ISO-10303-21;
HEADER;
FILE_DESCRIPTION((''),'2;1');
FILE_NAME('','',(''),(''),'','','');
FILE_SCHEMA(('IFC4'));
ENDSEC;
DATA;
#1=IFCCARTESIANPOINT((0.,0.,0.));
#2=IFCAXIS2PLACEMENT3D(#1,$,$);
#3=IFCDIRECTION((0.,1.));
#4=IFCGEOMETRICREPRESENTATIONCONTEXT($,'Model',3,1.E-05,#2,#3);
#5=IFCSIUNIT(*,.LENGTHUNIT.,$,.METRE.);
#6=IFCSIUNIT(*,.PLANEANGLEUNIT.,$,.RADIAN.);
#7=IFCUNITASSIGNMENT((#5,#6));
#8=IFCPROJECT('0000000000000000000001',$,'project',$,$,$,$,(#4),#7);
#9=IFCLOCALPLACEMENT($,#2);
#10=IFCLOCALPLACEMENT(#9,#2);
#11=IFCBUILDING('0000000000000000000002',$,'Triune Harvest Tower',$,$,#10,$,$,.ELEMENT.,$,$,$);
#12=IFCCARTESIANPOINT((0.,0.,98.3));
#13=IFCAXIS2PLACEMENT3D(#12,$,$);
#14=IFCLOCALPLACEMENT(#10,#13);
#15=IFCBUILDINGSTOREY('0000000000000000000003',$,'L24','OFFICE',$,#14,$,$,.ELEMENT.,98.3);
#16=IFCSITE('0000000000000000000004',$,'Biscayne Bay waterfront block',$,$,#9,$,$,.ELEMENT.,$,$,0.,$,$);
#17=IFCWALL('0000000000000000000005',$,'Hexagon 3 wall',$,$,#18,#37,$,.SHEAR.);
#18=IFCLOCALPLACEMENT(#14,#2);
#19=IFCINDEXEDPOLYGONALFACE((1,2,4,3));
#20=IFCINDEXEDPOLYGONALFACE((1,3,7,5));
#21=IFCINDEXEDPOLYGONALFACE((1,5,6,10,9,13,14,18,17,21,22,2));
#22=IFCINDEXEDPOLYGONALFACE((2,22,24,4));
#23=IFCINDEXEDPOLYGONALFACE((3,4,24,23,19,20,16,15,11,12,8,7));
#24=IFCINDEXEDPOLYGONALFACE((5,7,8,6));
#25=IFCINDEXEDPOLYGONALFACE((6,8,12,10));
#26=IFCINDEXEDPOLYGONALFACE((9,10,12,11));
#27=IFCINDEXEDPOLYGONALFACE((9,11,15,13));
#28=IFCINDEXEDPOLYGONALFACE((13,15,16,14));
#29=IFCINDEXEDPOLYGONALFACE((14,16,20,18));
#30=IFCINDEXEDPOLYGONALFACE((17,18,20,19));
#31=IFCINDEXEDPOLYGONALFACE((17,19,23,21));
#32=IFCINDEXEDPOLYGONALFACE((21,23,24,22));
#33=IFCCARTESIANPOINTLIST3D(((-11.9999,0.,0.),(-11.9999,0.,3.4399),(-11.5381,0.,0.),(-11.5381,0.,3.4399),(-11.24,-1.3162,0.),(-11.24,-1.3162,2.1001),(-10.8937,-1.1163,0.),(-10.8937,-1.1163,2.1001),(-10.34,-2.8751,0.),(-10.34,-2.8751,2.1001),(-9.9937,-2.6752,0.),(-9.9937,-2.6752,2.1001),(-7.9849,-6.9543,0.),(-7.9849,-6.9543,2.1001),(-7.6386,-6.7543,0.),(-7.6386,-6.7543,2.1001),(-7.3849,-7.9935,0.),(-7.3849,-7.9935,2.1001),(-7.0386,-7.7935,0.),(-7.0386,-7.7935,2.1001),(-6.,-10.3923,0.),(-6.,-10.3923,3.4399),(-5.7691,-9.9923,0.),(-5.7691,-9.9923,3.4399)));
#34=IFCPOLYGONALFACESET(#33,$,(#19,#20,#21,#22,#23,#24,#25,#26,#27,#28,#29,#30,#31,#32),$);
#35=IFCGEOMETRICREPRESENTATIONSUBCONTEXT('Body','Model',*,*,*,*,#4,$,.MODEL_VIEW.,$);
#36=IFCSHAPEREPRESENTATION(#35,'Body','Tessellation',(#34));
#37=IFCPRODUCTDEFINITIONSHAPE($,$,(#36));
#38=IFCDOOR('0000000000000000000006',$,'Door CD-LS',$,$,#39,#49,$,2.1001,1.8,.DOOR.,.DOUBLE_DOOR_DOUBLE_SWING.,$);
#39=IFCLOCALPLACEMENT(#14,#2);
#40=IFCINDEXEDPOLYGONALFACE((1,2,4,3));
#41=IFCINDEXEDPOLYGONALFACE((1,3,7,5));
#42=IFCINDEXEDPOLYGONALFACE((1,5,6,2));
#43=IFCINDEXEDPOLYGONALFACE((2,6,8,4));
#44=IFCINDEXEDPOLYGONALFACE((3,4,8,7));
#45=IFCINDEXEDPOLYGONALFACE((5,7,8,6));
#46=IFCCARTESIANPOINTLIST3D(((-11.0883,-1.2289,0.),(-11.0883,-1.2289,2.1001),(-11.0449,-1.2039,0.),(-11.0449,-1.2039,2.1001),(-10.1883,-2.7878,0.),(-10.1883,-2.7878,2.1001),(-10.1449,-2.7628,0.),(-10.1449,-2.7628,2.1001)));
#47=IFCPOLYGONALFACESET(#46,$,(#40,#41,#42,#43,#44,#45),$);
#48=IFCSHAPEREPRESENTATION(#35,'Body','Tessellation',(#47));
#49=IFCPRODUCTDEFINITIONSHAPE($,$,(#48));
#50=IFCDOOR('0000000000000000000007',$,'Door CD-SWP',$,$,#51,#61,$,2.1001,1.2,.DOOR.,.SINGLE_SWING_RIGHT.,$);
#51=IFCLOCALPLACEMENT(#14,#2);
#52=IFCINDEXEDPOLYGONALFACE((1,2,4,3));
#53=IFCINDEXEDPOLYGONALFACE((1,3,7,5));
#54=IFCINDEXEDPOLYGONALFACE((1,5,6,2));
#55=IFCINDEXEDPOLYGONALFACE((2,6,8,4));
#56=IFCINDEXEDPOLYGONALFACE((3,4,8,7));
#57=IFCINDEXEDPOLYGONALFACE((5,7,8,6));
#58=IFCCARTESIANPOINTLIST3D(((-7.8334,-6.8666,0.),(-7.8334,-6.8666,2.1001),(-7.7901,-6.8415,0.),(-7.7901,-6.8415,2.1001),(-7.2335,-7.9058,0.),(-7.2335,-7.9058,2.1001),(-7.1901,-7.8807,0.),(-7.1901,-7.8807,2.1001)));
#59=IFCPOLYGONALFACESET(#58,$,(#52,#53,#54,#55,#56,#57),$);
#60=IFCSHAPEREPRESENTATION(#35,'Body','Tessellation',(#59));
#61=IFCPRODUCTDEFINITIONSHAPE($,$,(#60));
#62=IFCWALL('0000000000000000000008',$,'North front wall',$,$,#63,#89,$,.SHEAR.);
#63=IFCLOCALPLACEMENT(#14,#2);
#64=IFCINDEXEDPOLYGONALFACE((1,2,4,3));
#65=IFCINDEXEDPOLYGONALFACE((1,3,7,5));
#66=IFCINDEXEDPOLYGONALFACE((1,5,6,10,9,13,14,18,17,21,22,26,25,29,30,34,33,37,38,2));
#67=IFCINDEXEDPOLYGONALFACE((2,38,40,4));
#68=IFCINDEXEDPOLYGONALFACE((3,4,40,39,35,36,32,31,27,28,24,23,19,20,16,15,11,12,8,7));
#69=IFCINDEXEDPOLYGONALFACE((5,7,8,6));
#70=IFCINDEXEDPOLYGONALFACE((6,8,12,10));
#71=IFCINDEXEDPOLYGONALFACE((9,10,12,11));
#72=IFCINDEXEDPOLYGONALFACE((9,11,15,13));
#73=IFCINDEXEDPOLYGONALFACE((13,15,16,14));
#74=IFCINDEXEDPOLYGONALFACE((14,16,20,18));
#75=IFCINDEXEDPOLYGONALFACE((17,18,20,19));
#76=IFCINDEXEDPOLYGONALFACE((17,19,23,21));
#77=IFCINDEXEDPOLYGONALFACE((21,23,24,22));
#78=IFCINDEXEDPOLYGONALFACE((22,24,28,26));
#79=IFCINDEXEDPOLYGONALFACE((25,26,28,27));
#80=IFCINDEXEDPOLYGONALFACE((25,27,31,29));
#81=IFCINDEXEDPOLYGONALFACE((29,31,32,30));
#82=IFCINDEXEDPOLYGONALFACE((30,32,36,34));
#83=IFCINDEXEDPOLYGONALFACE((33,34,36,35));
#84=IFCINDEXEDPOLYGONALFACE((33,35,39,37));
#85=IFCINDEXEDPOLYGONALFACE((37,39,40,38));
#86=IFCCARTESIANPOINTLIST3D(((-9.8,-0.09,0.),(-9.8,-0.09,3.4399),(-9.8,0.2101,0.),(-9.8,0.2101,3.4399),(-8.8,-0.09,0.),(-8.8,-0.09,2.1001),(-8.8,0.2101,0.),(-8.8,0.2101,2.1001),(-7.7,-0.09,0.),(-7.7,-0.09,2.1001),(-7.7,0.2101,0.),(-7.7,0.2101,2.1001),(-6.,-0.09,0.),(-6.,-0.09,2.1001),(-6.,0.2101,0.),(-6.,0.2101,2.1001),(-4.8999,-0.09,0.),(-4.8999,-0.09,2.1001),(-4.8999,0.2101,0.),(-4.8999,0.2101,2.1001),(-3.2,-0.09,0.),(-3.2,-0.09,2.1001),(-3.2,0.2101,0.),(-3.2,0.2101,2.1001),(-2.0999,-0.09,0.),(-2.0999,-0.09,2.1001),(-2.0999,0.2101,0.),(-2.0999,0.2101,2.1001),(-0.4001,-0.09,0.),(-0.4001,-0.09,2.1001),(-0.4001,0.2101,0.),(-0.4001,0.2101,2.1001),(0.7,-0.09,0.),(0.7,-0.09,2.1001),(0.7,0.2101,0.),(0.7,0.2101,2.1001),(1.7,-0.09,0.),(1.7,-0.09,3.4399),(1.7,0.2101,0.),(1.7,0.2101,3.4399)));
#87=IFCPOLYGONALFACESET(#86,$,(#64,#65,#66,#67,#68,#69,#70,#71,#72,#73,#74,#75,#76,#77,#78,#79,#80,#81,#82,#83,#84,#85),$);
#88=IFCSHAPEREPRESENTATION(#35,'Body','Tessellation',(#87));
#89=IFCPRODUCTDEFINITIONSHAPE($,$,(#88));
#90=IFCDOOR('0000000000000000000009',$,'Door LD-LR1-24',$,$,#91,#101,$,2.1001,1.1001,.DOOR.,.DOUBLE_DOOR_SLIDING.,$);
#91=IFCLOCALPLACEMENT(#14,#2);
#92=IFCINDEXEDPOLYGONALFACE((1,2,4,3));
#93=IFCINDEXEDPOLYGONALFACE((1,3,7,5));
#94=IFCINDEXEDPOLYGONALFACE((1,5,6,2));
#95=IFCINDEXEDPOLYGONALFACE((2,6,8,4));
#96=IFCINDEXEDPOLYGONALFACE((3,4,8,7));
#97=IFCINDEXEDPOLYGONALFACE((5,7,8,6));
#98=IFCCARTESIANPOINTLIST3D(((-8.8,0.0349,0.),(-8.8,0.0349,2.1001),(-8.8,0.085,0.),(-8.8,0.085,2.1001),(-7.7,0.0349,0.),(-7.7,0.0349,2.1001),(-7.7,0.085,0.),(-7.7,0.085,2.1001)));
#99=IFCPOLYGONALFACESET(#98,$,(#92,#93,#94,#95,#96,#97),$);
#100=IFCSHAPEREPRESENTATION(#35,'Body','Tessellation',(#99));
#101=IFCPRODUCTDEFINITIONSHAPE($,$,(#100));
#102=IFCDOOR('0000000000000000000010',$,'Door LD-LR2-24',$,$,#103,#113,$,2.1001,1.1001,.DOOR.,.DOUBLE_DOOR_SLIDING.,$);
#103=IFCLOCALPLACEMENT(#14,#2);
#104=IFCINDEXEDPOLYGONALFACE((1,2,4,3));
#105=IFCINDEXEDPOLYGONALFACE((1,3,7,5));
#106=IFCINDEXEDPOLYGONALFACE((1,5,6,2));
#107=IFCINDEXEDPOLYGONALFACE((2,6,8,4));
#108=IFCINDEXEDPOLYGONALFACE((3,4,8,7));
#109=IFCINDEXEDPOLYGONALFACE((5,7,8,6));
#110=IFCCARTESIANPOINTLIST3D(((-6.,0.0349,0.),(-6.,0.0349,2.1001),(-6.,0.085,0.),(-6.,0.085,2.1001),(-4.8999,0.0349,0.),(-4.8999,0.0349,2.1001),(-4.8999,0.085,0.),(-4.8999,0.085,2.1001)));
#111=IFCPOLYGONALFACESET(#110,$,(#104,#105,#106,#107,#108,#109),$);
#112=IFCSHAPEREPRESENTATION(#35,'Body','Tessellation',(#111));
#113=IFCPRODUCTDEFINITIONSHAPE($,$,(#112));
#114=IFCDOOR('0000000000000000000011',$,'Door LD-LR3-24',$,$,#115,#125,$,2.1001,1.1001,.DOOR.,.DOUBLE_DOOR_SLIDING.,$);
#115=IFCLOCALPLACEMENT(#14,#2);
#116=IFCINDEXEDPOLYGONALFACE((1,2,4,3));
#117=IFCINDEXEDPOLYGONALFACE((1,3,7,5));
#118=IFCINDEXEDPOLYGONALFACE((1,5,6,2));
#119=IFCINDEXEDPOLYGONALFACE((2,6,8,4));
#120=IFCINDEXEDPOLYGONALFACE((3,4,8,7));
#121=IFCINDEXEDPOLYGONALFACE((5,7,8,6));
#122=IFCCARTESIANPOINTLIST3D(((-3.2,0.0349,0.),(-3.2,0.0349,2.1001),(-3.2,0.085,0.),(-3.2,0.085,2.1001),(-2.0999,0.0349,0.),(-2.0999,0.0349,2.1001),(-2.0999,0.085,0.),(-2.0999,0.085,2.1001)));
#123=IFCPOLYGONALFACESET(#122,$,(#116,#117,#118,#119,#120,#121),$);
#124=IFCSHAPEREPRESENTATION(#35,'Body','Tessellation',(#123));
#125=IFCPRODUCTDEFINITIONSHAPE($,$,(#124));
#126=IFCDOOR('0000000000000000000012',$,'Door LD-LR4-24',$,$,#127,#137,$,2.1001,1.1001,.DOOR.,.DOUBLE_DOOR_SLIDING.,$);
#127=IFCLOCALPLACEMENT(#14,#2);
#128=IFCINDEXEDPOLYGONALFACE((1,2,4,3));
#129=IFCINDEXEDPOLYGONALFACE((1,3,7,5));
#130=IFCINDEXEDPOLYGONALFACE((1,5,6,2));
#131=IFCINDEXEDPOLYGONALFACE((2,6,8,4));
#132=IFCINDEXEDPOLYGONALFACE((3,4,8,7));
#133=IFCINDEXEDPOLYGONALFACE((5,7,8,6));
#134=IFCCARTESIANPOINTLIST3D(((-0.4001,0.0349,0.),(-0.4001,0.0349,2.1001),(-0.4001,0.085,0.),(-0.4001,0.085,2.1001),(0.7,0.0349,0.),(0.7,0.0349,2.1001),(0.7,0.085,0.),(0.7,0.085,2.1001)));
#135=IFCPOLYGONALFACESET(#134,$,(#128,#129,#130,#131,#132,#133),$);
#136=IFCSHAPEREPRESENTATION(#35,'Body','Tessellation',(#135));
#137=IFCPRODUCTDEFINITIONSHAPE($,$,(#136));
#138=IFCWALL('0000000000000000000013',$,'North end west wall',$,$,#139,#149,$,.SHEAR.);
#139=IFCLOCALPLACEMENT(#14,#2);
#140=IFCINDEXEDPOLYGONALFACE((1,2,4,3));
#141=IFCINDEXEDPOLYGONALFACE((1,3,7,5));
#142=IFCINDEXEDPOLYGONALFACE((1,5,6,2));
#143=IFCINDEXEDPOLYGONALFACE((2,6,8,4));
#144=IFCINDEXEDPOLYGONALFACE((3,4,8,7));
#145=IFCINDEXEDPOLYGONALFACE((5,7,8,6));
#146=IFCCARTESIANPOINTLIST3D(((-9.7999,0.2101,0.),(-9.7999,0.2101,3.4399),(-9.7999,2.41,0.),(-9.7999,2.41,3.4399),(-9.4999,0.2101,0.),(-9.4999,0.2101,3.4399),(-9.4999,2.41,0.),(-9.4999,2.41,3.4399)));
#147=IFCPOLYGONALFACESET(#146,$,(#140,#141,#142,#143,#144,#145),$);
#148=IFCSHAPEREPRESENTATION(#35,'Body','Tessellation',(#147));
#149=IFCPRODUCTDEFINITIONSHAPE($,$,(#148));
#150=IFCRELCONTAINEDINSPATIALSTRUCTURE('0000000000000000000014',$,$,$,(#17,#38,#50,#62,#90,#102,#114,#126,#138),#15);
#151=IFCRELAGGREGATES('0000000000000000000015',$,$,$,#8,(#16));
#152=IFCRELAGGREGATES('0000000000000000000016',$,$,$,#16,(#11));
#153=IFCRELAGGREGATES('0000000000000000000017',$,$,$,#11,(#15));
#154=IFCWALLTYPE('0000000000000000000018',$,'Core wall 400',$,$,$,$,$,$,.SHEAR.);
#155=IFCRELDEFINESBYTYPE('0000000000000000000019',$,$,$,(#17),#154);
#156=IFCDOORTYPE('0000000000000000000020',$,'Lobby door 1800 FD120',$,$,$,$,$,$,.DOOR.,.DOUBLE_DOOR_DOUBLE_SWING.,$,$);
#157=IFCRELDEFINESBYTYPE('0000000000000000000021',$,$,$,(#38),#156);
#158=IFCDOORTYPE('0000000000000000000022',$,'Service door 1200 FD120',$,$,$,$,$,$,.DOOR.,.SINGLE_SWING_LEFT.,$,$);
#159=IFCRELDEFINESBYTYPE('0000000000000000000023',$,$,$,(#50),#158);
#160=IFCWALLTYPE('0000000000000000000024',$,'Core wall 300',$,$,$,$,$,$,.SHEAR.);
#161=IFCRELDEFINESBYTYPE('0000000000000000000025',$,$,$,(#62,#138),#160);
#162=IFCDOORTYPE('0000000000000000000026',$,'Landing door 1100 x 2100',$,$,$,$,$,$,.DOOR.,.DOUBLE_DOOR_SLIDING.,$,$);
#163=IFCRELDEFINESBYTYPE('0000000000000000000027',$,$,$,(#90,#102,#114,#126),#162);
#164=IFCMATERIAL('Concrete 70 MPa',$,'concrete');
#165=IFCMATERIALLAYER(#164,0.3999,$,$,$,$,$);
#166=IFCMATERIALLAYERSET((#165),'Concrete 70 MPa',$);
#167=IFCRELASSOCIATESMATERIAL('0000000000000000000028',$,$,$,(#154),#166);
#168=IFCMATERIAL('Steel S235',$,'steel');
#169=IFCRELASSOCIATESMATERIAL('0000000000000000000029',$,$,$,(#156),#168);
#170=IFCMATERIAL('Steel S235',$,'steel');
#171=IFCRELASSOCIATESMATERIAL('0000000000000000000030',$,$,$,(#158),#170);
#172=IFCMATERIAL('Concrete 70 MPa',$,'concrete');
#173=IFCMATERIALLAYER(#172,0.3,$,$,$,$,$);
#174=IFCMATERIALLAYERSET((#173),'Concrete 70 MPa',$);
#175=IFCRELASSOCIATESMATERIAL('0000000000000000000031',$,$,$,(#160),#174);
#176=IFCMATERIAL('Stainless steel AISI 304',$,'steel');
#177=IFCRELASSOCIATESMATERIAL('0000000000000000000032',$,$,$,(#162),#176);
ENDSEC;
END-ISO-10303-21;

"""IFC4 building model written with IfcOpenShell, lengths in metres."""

from ifc_helpers import new_model, si_unit, direction, frame, frame_2d, origin, place, context, subcontext, project, spatial, polyline, rectangle, outline, extrude, source, transform, mapped, material, layer, layer_set, type_object, element, fill, save


model = new_model("IFC4")

# Units and contexts
model_context = context("Model", 3, precision=1e-05, world=origin(), true_north=direction((0.0, 1.0)))
body_context = subcontext(model_context, "Body", "Model", "MODEL_VIEW")
ifc_project = project(units=[si_unit("LENGTHUNIT", "METRE"), si_unit("PLANEANGLEUNIT", "RADIAN")], contexts=[model_context])

# Site, building, storey
site_placement = place(None, origin())
site = spatial("IfcSite", under=ifc_project, at=site_placement, Name="Biscayne Bay waterfront block", CompositionType="ELEMENT", RefElevation=0.0)
building_placement = place(site_placement, origin())
building = spatial("IfcBuilding", under=site, at=building_placement, Name="Triune Harvest Tower", CompositionType="ELEMENT")
storey_placement = place(building_placement, frame((0.0, 0.0, 98.3)))
storey = spatial("IfcBuildingStorey", under=building, at=storey_placement, Name="L24", Description="OFFICE", CompositionType="ELEMENT", Elevation=98.3)

# Walls, openings, doors
ifc_material_1 = material(Name="Concrete 70 MPa", Category="concrete")
ifc_layer_1 = layer(ifc_material_1, 0.3999)
ifc_layer_set_1 = layer_set([ifc_layer_1], Name="Concrete 70 MPa")
wall_type_1 = type_object("IfcWallType", Name="Core wall 400", PredefinedType="SHEAR", material=ifc_layer_set_1)
shared_shape_1 = source(origin(), body_context, "Body", "SweptSolid", [
    extrude(outline(polyline([(-0.1155, -0.2), (11.8845, -0.2), (11.6536, 0.2), (0.1155, 0.2), (-0.1155, -0.2)])), origin(), (0.0, 0.0, 1.0), 3.4399),
])
wall_1_placement = place(storey_placement, frame((-11.769, 0.0, 0.0), z_axis=(0.0, 0.0, 1.0), x_axis=(0.499997, -0.866027, 0.0)))
wall_1 = element("IfcWall", 1, at=wall_1_placement, inside=storey, type_object=wall_type_1, Name="Hexagon 3 wall", PredefinedType="SHEAR", context=body_context, shape_type="MappedRepresentation", body=[
    mapped(shared_shape_1, transform((0.0, 0.0, 0.0), scale=1.0)),
])
opening_1_placement = place(wall_1_placement, frame((1.4045, 0.0, 0.0)))
opening_1 = element("IfcOpeningElement", 2, at=opening_1_placement, cuts=wall_1, PredefinedType="OPENING", context=body_context, shape_type="SweptSolid", body=[
    extrude(rectangle(XDim=1.8, YDim=2.1001, at=frame_2d((0.8999, 1.05))), frame((0.0, 0.21, 0.0), z_axis=(0.0, -1.0, 0.0), x_axis=(1.0, 0.0, 0.0)), (0.0, 0.0, 1.0), 0.4199),
])
opening_2_placement = place(wall_1_placement, frame((7.9146, 0.0, 0.0)))
opening_2 = element("IfcOpeningElement", 3, at=opening_2_placement, cuts=wall_1, PredefinedType="OPENING", context=body_context, shape_type="SweptSolid", body=[
    extrude(rectangle(XDim=1.2, YDim=2.1001, at=frame_2d((0.6001, 1.05))), frame((0.0, 0.21, 0.0), z_axis=(0.0, -1.0, 0.0), x_axis=(1.0, 0.0, 0.0)), (0.0, 0.0, 1.0), 0.4199),
])
ifc_material_2 = material(Name="Steel S235", Category="steel")
door_type_1 = type_object("IfcDoorType", Name="Lobby door 1800 FD120", OperationType="DOUBLE_DOOR_DOUBLE_SWING", PredefinedType="DOOR", material=ifc_material_2)
door_1_placement = place(opening_1_placement, frame((1.8, 0.0, 0.0), z_axis=(0.0, 0.0, 1.0), x_axis=(-1.0, 0.0, 0.0)))
door_1 = element("IfcDoor", 4, at=door_1_placement, inside=storey, type_object=door_type_1, Name="Door CD-LS", OperationType="DOUBLE_DOOR_DOUBLE_SWING", OverallHeight=2.1001, OverallWidth=1.8, PredefinedType="DOOR", context=body_context, shape_type="SweptSolid", body=[
    extrude(rectangle(XDim=1.8, YDim=2.1001, at=frame_2d((0.8999, 1.05))), frame((0.0, 0.0249, 0.0), z_axis=(0.0, -1.0, 0.0), x_axis=(1.0, 0.0, 0.0)), (0.0, 0.0, 1.0), 0.05),
])
fill(opening_1, door_1)
ifc_material_3 = material(Name="Steel S235", Category="steel")
door_type_2 = type_object("IfcDoorType", Name="Service door 1200 FD120", OperationType="SINGLE_SWING_LEFT", PredefinedType="DOOR", material=ifc_material_3)
door_2_placement = place(opening_2_placement, frame((1.2, 0.0, 0.0), z_axis=(0.0, 0.0, 1.0), x_axis=(-1.0, 0.0, 0.0)))
door_2 = element("IfcDoor", 5, at=door_2_placement, inside=storey, type_object=door_type_2, Name="Door CD-SWP", OperationType="SINGLE_SWING_RIGHT", OverallHeight=2.1001, OverallWidth=1.2, PredefinedType="DOOR", context=body_context, shape_type="SweptSolid", body=[
    extrude(rectangle(XDim=1.2, YDim=2.1001, at=frame_2d((0.6001, 1.05))), frame((0.0, 0.0249, 0.0), z_axis=(0.0, -1.0, 0.0), x_axis=(1.0, 0.0, 0.0)), (0.0, 0.0, 1.0), 0.05),
])
fill(opening_2, door_2)
ifc_material_4 = material(Name="Concrete 70 MPa", Category="concrete")
ifc_layer_2 = layer(ifc_material_4, 0.3)
ifc_layer_set_2 = layer_set([ifc_layer_2], Name="Concrete 70 MPa")
wall_type_2 = type_object("IfcWallType", Name="Core wall 300", PredefinedType="SHEAR", material=ifc_layer_set_2)
shared_shape_2 = source(origin(), body_context, "Body", "SweptSolid", [
    extrude(rectangle(XDim=11.5, YDim=0.3, at=frame_2d((5.75, 0.0))), origin(), (0.0, 0.0, 1.0), 3.4399),
])
wall_2_placement = place(storey_placement, frame((-9.8, 0.0601, 0.0), z_axis=(0.0, 0.0, 1.0), x_axis=(1.0, 0.0, 0.0)))
wall_2 = element("IfcWall", 6, at=wall_2_placement, inside=storey, type_object=wall_type_2, Name="North front wall", PredefinedType="SHEAR", context=body_context, shape_type="MappedRepresentation", body=[
    mapped(shared_shape_2, transform((0.0, 0.0, 0.0), scale=1.0)),
])
opening_3_placement = place(wall_2_placement, frame((1.0, 0.0, 0.0)))
opening_3 = element("IfcOpeningElement", 7, at=opening_3_placement, cuts=wall_2, PredefinedType="OPENING", context=body_context, shape_type="SweptSolid", body=[
    extrude(rectangle(XDim=1.1001, YDim=2.1001, at=frame_2d((0.55, 1.05))), frame((0.0, 0.1602, 0.0), z_axis=(0.0, -1.0, 0.0), x_axis=(1.0, 0.0, 0.0)), (0.0, 0.0, 1.0), 0.3201),
])
opening_4_placement = place(wall_2_placement, frame((3.8, 0.0, 0.0)))
opening_4 = element("IfcOpeningElement", 8, at=opening_4_placement, cuts=wall_2, PredefinedType="OPENING", context=body_context, shape_type="SweptSolid", body=[
    extrude(rectangle(XDim=1.1001, YDim=2.1001, at=frame_2d((0.55, 1.05))), frame((0.0, 0.1602, 0.0), z_axis=(0.0, -1.0, 0.0), x_axis=(1.0, 0.0, 0.0)), (0.0, 0.0, 1.0), 0.3201),
])
opening_5_placement = place(wall_2_placement, frame((6.6001, 0.0, 0.0)))
opening_5 = element("IfcOpeningElement", 9, at=opening_5_placement, cuts=wall_2, PredefinedType="OPENING", context=body_context, shape_type="SweptSolid", body=[
    extrude(rectangle(XDim=1.1001, YDim=2.1001, at=frame_2d((0.55, 1.05))), frame((0.0, 0.1602, 0.0), z_axis=(0.0, -1.0, 0.0), x_axis=(1.0, 0.0, 0.0)), (0.0, 0.0, 1.0), 0.3201),
])
opening_6_placement = place(wall_2_placement, frame((9.3999, 0.0, 0.0)))
opening_6 = element("IfcOpeningElement", 10, at=opening_6_placement, cuts=wall_2, PredefinedType="OPENING", context=body_context, shape_type="SweptSolid", body=[
    extrude(rectangle(XDim=1.1001, YDim=2.1001, at=frame_2d((0.55, 1.05))), frame((0.0, 0.1602, 0.0), z_axis=(0.0, -1.0, 0.0), x_axis=(1.0, 0.0, 0.0)), (0.0, 0.0, 1.0), 0.3201),
])
ifc_material_5 = material(Name="Stainless steel AISI 304", Category="steel")
door_type_3 = type_object("IfcDoorType", Name="Landing door 1100 x 2100", OperationType="DOUBLE_DOOR_SLIDING", PredefinedType="DOOR", material=ifc_material_5)
door_3_placement = place(opening_3_placement, origin())
door_3 = element("IfcDoor", 11, at=door_3_placement, inside=storey, type_object=door_type_3, Name="Door LD-LR1-24", OperationType="DOUBLE_DOOR_SLIDING", OverallHeight=2.1001, OverallWidth=1.1001, PredefinedType="DOOR", context=body_context, shape_type="SweptSolid", body=[
    extrude(rectangle(XDim=1.1001, YDim=2.1001, at=frame_2d((0.55, 1.05))), frame((0.0, 0.0249, 0.0), z_axis=(0.0, -1.0, 0.0), x_axis=(1.0, 0.0, 0.0)), (0.0, 0.0, 1.0), 0.05),
])
fill(opening_3, door_3)
door_4_placement = place(opening_4_placement, origin())
door_4 = element("IfcDoor", 12, at=door_4_placement, inside=storey, type_object=door_type_3, Name="Door LD-LR2-24", OperationType="DOUBLE_DOOR_SLIDING", OverallHeight=2.1001, OverallWidth=1.1001, PredefinedType="DOOR", context=body_context, shape_type="SweptSolid", body=[
    extrude(rectangle(XDim=1.1001, YDim=2.1001, at=frame_2d((0.55, 1.05))), frame((0.0, 0.0249, 0.0), z_axis=(0.0, -1.0, 0.0), x_axis=(1.0, 0.0, 0.0)), (0.0, 0.0, 1.0), 0.05),
])
fill(opening_4, door_4)
door_5_placement = place(opening_5_placement, origin())
door_5 = element("IfcDoor", 13, at=door_5_placement, inside=storey, type_object=door_type_3, Name="Door LD-LR3-24", OperationType="DOUBLE_DOOR_SLIDING", OverallHeight=2.1001, OverallWidth=1.1001, PredefinedType="DOOR", context=body_context, shape_type="SweptSolid", body=[
    extrude(rectangle(XDim=1.1001, YDim=2.1001, at=frame_2d((0.55, 1.05))), frame((0.0, 0.0249, 0.0), z_axis=(0.0, -1.0, 0.0), x_axis=(1.0, 0.0, 0.0)), (0.0, 0.0, 1.0), 0.05),
])
fill(opening_5, door_5)
door_6_placement = place(opening_6_placement, origin())
door_6 = element("IfcDoor", 14, at=door_6_placement, inside=storey, type_object=door_type_3, Name="Door LD-LR4-24", OperationType="DOUBLE_DOOR_SLIDING", OverallHeight=2.1001, OverallWidth=1.1001, PredefinedType="DOOR", context=body_context, shape_type="SweptSolid", body=[
    extrude(rectangle(XDim=1.1001, YDim=2.1001, at=frame_2d((0.55, 1.05))), frame((0.0, 0.0249, 0.0), z_axis=(0.0, -1.0, 0.0), x_axis=(1.0, 0.0, 0.0)), (0.0, 0.0, 1.0), 0.05),
])
fill(opening_6, door_6)

# Wall
shared_shape_3 = source(origin(), body_context, "Body", "SweptSolid", [
    extrude(rectangle(XDim=2.2, YDim=0.3, at=frame_2d((1.1001, 0.0))), origin(), (0.0, 0.0, 1.0), 3.4399),
])
wall_3_placement = place(storey_placement, frame((-9.6499, 0.21, 0.0), z_axis=(0.0, 0.0, 1.0), x_axis=(0.0, 1.0, 0.0)))
element("IfcWall", 15, at=wall_3_placement, inside=storey, type_object=wall_type_2, Name="North end west wall", PredefinedType="SHEAR", context=body_context, shape_type="MappedRepresentation", body=[
    mapped(shared_shape_3, transform((0.0, 0.0, 0.0), scale=1.0)),
])

save(model, "model.ifc")
